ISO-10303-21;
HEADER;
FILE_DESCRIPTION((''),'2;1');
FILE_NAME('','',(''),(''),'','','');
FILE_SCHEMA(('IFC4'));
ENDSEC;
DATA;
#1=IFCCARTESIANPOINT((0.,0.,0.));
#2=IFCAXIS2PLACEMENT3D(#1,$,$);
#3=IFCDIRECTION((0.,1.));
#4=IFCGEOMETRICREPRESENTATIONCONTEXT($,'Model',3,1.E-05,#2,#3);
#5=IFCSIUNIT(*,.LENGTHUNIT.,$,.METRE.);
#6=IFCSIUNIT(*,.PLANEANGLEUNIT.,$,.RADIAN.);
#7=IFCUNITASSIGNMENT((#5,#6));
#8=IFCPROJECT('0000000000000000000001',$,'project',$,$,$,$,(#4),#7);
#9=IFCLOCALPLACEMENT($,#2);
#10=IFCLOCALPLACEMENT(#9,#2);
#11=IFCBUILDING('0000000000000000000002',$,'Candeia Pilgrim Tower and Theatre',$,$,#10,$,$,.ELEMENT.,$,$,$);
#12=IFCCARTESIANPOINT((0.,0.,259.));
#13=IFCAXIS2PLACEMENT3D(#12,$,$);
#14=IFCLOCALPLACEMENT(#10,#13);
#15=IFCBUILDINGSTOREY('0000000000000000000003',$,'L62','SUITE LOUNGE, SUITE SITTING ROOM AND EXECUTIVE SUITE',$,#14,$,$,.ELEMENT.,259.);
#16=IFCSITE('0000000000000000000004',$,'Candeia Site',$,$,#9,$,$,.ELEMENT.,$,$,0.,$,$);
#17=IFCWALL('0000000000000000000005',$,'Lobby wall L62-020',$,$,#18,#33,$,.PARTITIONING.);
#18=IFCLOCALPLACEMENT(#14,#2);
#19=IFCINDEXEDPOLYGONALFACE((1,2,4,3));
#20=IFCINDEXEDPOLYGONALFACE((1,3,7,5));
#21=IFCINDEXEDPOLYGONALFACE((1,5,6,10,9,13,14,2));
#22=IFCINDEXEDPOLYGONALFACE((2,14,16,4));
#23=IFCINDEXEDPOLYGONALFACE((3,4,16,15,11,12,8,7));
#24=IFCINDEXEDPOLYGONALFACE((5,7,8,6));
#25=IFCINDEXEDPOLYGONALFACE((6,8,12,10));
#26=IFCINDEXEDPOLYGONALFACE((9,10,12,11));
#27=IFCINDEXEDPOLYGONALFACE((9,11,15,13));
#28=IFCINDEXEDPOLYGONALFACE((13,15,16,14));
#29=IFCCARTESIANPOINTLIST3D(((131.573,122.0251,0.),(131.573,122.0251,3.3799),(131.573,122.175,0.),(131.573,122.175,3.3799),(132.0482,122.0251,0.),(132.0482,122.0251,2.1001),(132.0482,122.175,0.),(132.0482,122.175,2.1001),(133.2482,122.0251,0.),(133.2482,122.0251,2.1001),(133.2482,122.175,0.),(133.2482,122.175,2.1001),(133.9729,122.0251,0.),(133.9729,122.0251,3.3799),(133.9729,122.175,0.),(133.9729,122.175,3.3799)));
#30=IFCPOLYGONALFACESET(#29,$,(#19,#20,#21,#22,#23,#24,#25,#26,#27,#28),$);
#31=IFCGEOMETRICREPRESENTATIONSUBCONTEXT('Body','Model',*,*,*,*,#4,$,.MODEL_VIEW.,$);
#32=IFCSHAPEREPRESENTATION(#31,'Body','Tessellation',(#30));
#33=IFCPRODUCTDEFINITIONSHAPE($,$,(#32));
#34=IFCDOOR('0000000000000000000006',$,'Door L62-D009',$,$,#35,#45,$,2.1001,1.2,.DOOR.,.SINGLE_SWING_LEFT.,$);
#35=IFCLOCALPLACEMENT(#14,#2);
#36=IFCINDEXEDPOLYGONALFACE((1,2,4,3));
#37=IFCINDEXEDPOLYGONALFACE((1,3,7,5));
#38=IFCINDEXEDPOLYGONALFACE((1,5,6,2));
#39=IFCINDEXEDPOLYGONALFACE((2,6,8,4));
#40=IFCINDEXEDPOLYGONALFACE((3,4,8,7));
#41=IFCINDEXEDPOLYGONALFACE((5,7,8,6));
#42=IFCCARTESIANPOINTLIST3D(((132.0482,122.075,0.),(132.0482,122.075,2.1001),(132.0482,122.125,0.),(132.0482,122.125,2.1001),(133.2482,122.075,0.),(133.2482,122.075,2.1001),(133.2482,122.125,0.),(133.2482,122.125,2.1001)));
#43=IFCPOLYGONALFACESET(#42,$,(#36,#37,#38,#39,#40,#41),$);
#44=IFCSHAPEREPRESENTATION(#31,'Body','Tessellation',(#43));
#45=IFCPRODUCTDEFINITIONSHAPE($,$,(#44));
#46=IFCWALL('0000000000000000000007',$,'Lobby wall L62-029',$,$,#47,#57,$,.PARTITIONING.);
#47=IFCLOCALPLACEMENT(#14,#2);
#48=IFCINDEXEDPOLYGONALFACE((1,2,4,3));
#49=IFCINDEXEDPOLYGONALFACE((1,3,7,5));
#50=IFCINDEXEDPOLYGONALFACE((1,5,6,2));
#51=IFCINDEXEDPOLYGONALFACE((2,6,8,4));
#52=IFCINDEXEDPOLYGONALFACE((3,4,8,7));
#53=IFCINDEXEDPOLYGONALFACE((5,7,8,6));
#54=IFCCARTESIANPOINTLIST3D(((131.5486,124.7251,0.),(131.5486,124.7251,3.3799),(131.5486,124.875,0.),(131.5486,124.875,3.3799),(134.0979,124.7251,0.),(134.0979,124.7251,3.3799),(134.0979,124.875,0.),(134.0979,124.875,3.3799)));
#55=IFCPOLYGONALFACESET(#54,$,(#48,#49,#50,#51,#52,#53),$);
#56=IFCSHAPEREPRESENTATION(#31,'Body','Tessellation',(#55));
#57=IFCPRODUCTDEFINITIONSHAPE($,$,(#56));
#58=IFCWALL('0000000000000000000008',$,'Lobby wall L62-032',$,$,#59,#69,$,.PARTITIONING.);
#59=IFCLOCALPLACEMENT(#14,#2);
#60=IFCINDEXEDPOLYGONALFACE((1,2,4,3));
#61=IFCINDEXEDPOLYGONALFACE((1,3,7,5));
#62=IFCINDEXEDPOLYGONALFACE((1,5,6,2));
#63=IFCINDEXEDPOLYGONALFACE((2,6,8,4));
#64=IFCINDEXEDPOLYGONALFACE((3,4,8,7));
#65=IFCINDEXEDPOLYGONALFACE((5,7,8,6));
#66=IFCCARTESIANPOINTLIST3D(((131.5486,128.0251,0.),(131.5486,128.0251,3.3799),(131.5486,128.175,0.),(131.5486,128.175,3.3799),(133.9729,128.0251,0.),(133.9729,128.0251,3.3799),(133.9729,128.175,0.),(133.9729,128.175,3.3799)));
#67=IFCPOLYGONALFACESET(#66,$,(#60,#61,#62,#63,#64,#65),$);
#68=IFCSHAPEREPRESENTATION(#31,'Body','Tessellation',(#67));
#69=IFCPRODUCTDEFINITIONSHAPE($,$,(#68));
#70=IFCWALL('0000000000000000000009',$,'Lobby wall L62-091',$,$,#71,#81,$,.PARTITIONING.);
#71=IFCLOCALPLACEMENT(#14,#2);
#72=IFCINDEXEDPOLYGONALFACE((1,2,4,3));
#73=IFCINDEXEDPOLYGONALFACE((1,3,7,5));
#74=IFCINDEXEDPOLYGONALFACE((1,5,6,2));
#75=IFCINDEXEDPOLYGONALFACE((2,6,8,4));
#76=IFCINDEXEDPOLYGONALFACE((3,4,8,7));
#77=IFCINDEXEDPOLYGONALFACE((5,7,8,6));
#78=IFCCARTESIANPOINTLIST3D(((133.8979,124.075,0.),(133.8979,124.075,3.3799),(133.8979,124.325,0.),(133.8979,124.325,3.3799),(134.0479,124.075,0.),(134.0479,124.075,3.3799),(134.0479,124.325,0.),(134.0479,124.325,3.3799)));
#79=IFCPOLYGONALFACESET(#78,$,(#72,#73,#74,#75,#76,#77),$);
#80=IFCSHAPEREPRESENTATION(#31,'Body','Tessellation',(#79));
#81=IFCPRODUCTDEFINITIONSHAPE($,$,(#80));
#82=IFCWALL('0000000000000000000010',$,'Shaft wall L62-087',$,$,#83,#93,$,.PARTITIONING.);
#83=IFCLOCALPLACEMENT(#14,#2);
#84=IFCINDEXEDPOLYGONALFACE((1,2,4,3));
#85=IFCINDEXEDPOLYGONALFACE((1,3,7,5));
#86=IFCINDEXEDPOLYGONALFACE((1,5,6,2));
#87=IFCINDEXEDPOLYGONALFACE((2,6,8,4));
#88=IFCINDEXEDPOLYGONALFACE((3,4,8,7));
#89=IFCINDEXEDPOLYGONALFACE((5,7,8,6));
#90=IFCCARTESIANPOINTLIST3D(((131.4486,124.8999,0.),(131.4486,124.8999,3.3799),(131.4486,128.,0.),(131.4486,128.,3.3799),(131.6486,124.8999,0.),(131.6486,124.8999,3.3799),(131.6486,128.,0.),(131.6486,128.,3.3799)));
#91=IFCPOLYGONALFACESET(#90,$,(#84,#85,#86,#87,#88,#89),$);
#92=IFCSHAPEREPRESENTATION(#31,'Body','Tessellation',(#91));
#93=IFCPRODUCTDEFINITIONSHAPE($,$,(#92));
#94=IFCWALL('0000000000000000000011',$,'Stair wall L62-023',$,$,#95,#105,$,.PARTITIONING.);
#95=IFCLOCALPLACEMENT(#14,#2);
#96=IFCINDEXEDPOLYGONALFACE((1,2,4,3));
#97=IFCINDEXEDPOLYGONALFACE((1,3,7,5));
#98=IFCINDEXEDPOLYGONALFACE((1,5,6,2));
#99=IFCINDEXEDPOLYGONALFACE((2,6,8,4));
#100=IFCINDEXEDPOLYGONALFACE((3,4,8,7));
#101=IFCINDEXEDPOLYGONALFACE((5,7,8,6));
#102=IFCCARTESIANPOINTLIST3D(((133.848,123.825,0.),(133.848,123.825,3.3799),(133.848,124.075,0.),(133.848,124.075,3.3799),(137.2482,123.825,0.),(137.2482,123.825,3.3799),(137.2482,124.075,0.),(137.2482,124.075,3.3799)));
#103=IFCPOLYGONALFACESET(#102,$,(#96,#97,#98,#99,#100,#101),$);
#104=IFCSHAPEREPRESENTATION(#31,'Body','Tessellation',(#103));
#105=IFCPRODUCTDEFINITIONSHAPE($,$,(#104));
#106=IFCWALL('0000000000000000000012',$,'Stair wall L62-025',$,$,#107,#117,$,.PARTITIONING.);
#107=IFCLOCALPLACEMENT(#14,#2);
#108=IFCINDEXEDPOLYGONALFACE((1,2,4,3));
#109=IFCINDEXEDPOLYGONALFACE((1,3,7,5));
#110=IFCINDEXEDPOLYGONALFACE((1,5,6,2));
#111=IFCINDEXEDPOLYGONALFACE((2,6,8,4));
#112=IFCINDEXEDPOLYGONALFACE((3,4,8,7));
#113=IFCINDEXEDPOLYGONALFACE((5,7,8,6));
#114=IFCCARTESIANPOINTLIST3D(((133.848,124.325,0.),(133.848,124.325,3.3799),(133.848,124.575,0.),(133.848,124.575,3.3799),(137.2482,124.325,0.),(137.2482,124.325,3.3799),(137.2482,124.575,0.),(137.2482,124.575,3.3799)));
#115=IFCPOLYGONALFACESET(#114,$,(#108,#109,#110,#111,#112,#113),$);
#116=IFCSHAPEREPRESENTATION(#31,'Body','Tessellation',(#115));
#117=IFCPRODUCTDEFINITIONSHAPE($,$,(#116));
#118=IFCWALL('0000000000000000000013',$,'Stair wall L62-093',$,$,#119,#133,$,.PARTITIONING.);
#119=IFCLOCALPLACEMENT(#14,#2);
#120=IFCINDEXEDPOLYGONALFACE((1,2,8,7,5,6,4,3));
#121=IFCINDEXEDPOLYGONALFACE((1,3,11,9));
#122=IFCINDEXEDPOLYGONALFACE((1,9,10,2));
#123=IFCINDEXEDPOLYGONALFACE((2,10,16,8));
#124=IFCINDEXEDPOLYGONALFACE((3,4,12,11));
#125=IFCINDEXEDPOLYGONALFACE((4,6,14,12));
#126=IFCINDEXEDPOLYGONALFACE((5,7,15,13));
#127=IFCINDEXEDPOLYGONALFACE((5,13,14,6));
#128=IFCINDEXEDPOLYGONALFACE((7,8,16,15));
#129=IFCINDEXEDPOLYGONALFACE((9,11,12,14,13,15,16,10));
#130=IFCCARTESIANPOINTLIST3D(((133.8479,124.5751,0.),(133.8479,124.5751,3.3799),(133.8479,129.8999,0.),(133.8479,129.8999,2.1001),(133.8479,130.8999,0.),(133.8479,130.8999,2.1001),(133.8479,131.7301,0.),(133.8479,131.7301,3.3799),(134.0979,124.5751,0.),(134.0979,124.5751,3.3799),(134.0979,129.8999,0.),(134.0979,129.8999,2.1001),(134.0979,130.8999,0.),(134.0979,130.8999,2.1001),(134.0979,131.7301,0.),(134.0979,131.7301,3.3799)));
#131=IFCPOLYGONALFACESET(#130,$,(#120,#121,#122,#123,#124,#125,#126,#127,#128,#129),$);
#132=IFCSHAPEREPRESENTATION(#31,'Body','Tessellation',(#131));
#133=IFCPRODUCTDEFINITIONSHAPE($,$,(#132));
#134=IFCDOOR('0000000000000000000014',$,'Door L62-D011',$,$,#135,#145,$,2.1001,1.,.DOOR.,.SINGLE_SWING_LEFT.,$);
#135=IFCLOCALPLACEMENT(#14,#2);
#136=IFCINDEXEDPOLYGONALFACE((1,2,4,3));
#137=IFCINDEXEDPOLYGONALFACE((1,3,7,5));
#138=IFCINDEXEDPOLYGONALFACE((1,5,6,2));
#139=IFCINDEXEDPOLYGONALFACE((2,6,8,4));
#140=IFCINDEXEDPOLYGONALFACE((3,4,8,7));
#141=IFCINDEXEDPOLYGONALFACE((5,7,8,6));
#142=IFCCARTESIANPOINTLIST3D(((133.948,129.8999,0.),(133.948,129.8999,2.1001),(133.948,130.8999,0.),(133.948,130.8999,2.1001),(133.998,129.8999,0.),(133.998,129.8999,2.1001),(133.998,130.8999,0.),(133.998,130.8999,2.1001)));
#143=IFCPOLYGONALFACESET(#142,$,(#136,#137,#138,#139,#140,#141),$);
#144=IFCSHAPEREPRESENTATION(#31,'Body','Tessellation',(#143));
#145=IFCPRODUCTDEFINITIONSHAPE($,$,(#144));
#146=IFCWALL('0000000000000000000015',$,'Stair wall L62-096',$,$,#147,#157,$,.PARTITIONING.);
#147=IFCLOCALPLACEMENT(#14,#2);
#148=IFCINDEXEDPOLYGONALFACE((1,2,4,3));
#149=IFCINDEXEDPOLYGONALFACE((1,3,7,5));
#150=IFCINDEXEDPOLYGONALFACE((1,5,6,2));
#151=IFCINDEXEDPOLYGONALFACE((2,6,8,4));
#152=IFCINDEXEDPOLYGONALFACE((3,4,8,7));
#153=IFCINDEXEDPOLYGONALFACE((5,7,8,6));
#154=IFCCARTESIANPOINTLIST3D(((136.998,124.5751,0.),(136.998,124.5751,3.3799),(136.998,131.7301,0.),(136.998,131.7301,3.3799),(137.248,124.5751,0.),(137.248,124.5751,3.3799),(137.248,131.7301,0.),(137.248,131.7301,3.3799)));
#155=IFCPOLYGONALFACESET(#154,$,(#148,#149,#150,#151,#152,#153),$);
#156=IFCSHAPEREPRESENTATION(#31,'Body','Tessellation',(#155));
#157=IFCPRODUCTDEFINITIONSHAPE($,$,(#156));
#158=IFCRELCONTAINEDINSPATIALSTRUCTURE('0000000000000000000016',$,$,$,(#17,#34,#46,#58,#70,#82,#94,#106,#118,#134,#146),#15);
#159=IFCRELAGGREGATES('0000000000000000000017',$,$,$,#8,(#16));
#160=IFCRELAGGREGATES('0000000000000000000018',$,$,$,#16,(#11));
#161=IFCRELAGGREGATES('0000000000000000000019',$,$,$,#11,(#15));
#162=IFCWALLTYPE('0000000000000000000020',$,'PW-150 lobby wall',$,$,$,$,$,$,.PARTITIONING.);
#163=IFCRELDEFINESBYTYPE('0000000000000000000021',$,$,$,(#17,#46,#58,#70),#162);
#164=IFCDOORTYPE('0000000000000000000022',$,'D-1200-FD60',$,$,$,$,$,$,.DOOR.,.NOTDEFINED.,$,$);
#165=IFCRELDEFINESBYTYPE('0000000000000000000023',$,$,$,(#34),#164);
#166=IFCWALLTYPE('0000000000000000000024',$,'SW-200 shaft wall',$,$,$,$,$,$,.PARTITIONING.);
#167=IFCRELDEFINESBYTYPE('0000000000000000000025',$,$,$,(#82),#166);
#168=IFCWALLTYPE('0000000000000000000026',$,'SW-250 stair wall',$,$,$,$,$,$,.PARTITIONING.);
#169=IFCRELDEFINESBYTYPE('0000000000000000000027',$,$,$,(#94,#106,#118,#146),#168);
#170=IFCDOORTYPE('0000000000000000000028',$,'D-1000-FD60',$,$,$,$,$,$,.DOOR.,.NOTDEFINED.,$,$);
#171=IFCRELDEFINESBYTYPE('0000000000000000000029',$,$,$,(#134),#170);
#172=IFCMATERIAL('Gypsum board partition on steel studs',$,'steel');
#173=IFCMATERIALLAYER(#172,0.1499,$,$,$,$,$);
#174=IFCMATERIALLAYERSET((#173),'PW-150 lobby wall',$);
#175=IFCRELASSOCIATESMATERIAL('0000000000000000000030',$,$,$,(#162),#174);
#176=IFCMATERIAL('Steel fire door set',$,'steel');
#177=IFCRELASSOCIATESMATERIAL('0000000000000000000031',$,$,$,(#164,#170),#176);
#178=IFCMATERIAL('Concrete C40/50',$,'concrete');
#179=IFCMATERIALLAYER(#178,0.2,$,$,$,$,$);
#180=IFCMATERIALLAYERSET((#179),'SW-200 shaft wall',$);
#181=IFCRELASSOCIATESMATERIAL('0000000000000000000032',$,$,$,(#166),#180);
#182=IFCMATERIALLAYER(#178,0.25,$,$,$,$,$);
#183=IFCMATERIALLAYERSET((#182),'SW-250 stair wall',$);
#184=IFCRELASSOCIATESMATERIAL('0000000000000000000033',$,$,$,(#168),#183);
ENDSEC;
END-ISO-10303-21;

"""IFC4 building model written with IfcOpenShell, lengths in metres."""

from ifc_helpers import new_model, si_unit, direction, frame, frame_2d, origin, place, context, subcontext, project, spatial, rectangle, extrude, material, layer, layer_set, type_object, element, fill, save


model = new_model("IFC4")

# Units and contexts
model_context = context("Model", 3, precision=1e-05, world=origin(), true_north=direction((0.0, 1.0)))
body_context = subcontext(model_context, "Body", "Model", "MODEL_VIEW")
ifc_project = project(units=[si_unit("LENGTHUNIT", "METRE"), si_unit("PLANEANGLEUNIT", "RADIAN")], contexts=[model_context])

# Site, building, storey
site_placement = place(None, origin())
site = spatial("IfcSite", under=ifc_project, at=site_placement, Name="Candeia Site", CompositionType="ELEMENT", RefElevation=0.0)
building_placement = place(site_placement, origin())
building = spatial("IfcBuilding", under=site, at=building_placement, Name="Candeia Pilgrim Tower and Theatre", CompositionType="ELEMENT")
storey_placement = place(building_placement, frame((0.0, 0.0, 259.0)))
storey = spatial("IfcBuildingStorey", under=building, at=storey_placement, Name="L62", Description="SUITE LOUNGE, SUITE SITTING ROOM AND EXECUTIVE SUITE", CompositionType="ELEMENT", Elevation=259.0)

# Wall, opening, door
ifc_material_1 = material(Name="Gypsum board partition on steel studs", Category="steel")
ifc_layer_1 = layer(ifc_material_1, 0.1499)
ifc_layer_set_1 = layer_set([ifc_layer_1], Name="PW-150 lobby wall")
wall_type_1 = type_object("IfcWallType", Name="PW-150 lobby wall", PredefinedType="PARTITIONING", material=ifc_layer_set_1)
wall_1_placement = place(storey_placement, frame((131.573, 122.1001, 0.0), z_axis=(0.0, 0.0, 1.0), x_axis=(1.0, 0.0, 0.0)))
wall_1 = element("IfcWall", 1, at=wall_1_placement, inside=storey, type_object=wall_type_1, Name="Lobby wall L62-020", PredefinedType="PARTITIONING", context=body_context, shape_type="SweptSolid", body=[
    extrude(rectangle(XDim=2.3999, YDim=0.1499, at=frame_2d((1.2, 0.0))), origin(), (0.0, 0.0, 1.0), 3.3799),
])
opening_1_placement = place(wall_1_placement, frame((0.4751, 0.0, 0.0)))
opening_1 = element("IfcOpeningElement", 2, at=opening_1_placement, cuts=wall_1, PredefinedType="OPENING", context=body_context, shape_type="SweptSolid", body=[
    extrude(rectangle(XDim=1.2, YDim=2.1001, at=frame_2d((0.6001, 1.05))), frame((0.0, 0.085, 0.0), z_axis=(0.0, -1.0, 0.0), x_axis=(1.0, 0.0, 0.0)), (0.0, 0.0, 1.0), 0.1699),
])
ifc_material_2 = material(Name="Steel fire door set", Category="steel")
door_type_1 = type_object("IfcDoorType", Name="D-1200-FD60", OperationType="NOTDEFINED", PredefinedType="DOOR", material=ifc_material_2)
door_1_placement = place(opening_1_placement, origin())
door_1 = element("IfcDoor", 3, at=door_1_placement, inside=storey, type_object=door_type_1, Name="Door L62-D009", OperationType="SINGLE_SWING_LEFT", OverallHeight=2.1001, OverallWidth=1.2, PredefinedType="DOOR", context=body_context, shape_type="SweptSolid", body=[
    extrude(rectangle(XDim=1.2, YDim=2.1001, at=frame_2d((0.6001, 1.05))), frame((0.0, 0.0249, 0.0), z_axis=(0.0, -1.0, 0.0), x_axis=(1.0, 0.0, 0.0)), (0.0, 0.0, 1.0), 0.05),
])
fill(opening_1, door_1)

# Walls
wall_2_placement = place(storey_placement, frame((131.5486, 124.8, 0.0), z_axis=(0.0, 0.0, 1.0), x_axis=(1.0, 0.0, 0.0)))
element("IfcWall", 4, at=wall_2_placement, inside=storey, type_object=wall_type_1, Name="Lobby wall L62-029", PredefinedType="PARTITIONING", context=body_context, shape_type="SweptSolid", body=[
    extrude(rectangle(XDim=2.5493, YDim=0.1499, at=frame_2d((1.2747, 0.0))), origin(), (0.0, 0.0, 1.0), 3.3799),
])
wall_3_placement = place(storey_placement, frame((131.5486, 128.1001, 0.0), z_axis=(0.0, 0.0, 1.0), x_axis=(1.0, 0.0, 0.0)))
element("IfcWall", 5, at=wall_3_placement, inside=storey, type_object=wall_type_1, Name="Lobby wall L62-032", PredefinedType="PARTITIONING", context=body_context, shape_type="SweptSolid", body=[
    extrude(rectangle(XDim=2.4243, YDim=0.1499, at=frame_2d((1.2122, 0.0))), origin(), (0.0, 0.0, 1.0), 3.3799),
])
wall_4_placement = place(storey_placement, frame((133.9729, 124.075, 0.0), z_axis=(0.0, 0.0, 1.0), x_axis=(0.0, 1.0, 0.0)))
element("IfcWall", 6, at=wall_4_placement, inside=storey, type_object=wall_type_1, Name="Lobby wall L62-091", PredefinedType="PARTITIONING", context=body_context, shape_type="SweptSolid", body=[
    extrude(rectangle(XDim=0.25, YDim=0.1499, at=frame_2d((0.125, 0.0))), origin(), (0.0, 0.0, 1.0), 3.3799),
])
ifc_material_3 = material(Name="Concrete C40/50", Category="concrete")
ifc_layer_2 = layer(ifc_material_3, 0.2)
ifc_layer_set_2 = layer_set([ifc_layer_2], Name="SW-200 shaft wall")
wall_type_2 = type_object("IfcWallType", Name="SW-200 shaft wall", PredefinedType="PARTITIONING", material=ifc_layer_set_2)
wall_5_placement = place(storey_placement, frame((131.5486, 124.8999, 0.0), z_axis=(0.0, 0.0, 1.0), x_axis=(0.0, 1.0, 0.0)))
element("IfcWall", 7, at=wall_5_placement, inside=storey, type_object=wall_type_2, Name="Shaft wall L62-087", PredefinedType="PARTITIONING", context=body_context, shape_type="SweptSolid", body=[
    extrude(rectangle(XDim=3.1001, YDim=0.2, at=frame_2d((1.55, 0.0))), origin(), (0.0, 0.0, 1.0), 3.3799),
])
ifc_layer_3 = layer(ifc_material_3, 0.25)
ifc_layer_set_3 = layer_set([ifc_layer_3], Name="SW-250 stair wall")
wall_type_3 = type_object("IfcWallType", Name="SW-250 stair wall", PredefinedType="PARTITIONING", material=ifc_layer_set_3)
for number, where, z_axis, x_axis, name in (
    (8, (133.8479, 123.95, 0.0), (0.0, 0.0, 1.0), (1.0, 0.0, 0.0), "Stair wall L62-023"),
    (9, (133.8479, 124.45, 0.0), (0.0, 0.0, 1.0), (1.0, 0.0, 0.0), "Stair wall L62-025"),
):
    element("IfcWall", number, at=place(storey_placement, frame(where, z_axis=z_axis, x_axis=x_axis)), inside=storey, type_object=wall_type_3, Name=name, PredefinedType="PARTITIONING", context=body_context, shape_type="SweptSolid", body=[
        extrude(rectangle(XDim=3.4001, YDim=0.25, at=frame_2d((1.7002, 0.0))), origin(), (0.0, 0.0, 1.0), 3.3799),
    ])

# Wall, opening, door
wall_6_placement = place(storey_placement, frame((133.9729, 124.575, 0.0), z_axis=(0.0, 0.0, 1.0), x_axis=(0.0, 1.0, 0.0)))
wall_6 = element("IfcWall", 10, at=wall_6_placement, inside=storey, type_object=wall_type_3, Name="Stair wall L62-093", PredefinedType="PARTITIONING", context=body_context, shape_type="SweptSolid", body=[
    extrude(rectangle(XDim=7.155, YDim=0.25, at=frame_2d((3.5776, 0.0))), origin(), (0.0, 0.0, 1.0), 3.3799),
])
opening_2_placement = place(wall_6_placement, frame((5.325, 0.0, 0.0)))
opening_2 = element("IfcOpeningElement", 11, at=opening_2_placement, cuts=wall_6, PredefinedType="OPENING", context=body_context, shape_type="SweptSolid", body=[
    extrude(rectangle(XDim=1.0, YDim=2.1001, at=frame_2d((0.5, 1.05))), frame((0.0, 0.135, 0.0), z_axis=(0.0, -1.0, 0.0), x_axis=(1.0, 0.0, 0.0)), (0.0, 0.0, 1.0), 0.27),
])
door_type_2 = type_object("IfcDoorType", Name="D-1000-FD60", OperationType="NOTDEFINED", PredefinedType="DOOR", material=ifc_material_2)
door_2_placement = place(opening_2_placement, origin())
door_2 = element("IfcDoor", 12, at=door_2_placement, inside=storey, type_object=door_type_2, Name="Door L62-D011", OperationType="SINGLE_SWING_LEFT", OverallHeight=2.1001, OverallWidth=1.0, PredefinedType="DOOR", context=body_context, shape_type="SweptSolid", body=[
    extrude(rectangle(XDim=1.0, YDim=2.1001, at=frame_2d((0.5, 1.05))), frame((0.0, 0.0249, 0.0), z_axis=(0.0, -1.0, 0.0), x_axis=(1.0, 0.0, 0.0)), (0.0, 0.0, 1.0), 0.05),
])
fill(opening_2, door_2)

# Wall
wall_7_placement = place(storey_placement, frame((137.123, 124.575, 0.0), z_axis=(0.0, 0.0, 1.0), x_axis=(0.0, 1.0, 0.0)))
element("IfcWall", 13, at=wall_7_placement, inside=storey, type_object=wall_type_3, Name="Stair wall L62-096", PredefinedType="PARTITIONING", context=body_context, shape_type="SweptSolid", body=[
    extrude(rectangle(XDim=7.155, YDim=0.25, at=frame_2d((3.5776, 0.0))), origin(), (0.0, 0.0, 1.0), 3.3799),
])

save(model, "model.ifc")
